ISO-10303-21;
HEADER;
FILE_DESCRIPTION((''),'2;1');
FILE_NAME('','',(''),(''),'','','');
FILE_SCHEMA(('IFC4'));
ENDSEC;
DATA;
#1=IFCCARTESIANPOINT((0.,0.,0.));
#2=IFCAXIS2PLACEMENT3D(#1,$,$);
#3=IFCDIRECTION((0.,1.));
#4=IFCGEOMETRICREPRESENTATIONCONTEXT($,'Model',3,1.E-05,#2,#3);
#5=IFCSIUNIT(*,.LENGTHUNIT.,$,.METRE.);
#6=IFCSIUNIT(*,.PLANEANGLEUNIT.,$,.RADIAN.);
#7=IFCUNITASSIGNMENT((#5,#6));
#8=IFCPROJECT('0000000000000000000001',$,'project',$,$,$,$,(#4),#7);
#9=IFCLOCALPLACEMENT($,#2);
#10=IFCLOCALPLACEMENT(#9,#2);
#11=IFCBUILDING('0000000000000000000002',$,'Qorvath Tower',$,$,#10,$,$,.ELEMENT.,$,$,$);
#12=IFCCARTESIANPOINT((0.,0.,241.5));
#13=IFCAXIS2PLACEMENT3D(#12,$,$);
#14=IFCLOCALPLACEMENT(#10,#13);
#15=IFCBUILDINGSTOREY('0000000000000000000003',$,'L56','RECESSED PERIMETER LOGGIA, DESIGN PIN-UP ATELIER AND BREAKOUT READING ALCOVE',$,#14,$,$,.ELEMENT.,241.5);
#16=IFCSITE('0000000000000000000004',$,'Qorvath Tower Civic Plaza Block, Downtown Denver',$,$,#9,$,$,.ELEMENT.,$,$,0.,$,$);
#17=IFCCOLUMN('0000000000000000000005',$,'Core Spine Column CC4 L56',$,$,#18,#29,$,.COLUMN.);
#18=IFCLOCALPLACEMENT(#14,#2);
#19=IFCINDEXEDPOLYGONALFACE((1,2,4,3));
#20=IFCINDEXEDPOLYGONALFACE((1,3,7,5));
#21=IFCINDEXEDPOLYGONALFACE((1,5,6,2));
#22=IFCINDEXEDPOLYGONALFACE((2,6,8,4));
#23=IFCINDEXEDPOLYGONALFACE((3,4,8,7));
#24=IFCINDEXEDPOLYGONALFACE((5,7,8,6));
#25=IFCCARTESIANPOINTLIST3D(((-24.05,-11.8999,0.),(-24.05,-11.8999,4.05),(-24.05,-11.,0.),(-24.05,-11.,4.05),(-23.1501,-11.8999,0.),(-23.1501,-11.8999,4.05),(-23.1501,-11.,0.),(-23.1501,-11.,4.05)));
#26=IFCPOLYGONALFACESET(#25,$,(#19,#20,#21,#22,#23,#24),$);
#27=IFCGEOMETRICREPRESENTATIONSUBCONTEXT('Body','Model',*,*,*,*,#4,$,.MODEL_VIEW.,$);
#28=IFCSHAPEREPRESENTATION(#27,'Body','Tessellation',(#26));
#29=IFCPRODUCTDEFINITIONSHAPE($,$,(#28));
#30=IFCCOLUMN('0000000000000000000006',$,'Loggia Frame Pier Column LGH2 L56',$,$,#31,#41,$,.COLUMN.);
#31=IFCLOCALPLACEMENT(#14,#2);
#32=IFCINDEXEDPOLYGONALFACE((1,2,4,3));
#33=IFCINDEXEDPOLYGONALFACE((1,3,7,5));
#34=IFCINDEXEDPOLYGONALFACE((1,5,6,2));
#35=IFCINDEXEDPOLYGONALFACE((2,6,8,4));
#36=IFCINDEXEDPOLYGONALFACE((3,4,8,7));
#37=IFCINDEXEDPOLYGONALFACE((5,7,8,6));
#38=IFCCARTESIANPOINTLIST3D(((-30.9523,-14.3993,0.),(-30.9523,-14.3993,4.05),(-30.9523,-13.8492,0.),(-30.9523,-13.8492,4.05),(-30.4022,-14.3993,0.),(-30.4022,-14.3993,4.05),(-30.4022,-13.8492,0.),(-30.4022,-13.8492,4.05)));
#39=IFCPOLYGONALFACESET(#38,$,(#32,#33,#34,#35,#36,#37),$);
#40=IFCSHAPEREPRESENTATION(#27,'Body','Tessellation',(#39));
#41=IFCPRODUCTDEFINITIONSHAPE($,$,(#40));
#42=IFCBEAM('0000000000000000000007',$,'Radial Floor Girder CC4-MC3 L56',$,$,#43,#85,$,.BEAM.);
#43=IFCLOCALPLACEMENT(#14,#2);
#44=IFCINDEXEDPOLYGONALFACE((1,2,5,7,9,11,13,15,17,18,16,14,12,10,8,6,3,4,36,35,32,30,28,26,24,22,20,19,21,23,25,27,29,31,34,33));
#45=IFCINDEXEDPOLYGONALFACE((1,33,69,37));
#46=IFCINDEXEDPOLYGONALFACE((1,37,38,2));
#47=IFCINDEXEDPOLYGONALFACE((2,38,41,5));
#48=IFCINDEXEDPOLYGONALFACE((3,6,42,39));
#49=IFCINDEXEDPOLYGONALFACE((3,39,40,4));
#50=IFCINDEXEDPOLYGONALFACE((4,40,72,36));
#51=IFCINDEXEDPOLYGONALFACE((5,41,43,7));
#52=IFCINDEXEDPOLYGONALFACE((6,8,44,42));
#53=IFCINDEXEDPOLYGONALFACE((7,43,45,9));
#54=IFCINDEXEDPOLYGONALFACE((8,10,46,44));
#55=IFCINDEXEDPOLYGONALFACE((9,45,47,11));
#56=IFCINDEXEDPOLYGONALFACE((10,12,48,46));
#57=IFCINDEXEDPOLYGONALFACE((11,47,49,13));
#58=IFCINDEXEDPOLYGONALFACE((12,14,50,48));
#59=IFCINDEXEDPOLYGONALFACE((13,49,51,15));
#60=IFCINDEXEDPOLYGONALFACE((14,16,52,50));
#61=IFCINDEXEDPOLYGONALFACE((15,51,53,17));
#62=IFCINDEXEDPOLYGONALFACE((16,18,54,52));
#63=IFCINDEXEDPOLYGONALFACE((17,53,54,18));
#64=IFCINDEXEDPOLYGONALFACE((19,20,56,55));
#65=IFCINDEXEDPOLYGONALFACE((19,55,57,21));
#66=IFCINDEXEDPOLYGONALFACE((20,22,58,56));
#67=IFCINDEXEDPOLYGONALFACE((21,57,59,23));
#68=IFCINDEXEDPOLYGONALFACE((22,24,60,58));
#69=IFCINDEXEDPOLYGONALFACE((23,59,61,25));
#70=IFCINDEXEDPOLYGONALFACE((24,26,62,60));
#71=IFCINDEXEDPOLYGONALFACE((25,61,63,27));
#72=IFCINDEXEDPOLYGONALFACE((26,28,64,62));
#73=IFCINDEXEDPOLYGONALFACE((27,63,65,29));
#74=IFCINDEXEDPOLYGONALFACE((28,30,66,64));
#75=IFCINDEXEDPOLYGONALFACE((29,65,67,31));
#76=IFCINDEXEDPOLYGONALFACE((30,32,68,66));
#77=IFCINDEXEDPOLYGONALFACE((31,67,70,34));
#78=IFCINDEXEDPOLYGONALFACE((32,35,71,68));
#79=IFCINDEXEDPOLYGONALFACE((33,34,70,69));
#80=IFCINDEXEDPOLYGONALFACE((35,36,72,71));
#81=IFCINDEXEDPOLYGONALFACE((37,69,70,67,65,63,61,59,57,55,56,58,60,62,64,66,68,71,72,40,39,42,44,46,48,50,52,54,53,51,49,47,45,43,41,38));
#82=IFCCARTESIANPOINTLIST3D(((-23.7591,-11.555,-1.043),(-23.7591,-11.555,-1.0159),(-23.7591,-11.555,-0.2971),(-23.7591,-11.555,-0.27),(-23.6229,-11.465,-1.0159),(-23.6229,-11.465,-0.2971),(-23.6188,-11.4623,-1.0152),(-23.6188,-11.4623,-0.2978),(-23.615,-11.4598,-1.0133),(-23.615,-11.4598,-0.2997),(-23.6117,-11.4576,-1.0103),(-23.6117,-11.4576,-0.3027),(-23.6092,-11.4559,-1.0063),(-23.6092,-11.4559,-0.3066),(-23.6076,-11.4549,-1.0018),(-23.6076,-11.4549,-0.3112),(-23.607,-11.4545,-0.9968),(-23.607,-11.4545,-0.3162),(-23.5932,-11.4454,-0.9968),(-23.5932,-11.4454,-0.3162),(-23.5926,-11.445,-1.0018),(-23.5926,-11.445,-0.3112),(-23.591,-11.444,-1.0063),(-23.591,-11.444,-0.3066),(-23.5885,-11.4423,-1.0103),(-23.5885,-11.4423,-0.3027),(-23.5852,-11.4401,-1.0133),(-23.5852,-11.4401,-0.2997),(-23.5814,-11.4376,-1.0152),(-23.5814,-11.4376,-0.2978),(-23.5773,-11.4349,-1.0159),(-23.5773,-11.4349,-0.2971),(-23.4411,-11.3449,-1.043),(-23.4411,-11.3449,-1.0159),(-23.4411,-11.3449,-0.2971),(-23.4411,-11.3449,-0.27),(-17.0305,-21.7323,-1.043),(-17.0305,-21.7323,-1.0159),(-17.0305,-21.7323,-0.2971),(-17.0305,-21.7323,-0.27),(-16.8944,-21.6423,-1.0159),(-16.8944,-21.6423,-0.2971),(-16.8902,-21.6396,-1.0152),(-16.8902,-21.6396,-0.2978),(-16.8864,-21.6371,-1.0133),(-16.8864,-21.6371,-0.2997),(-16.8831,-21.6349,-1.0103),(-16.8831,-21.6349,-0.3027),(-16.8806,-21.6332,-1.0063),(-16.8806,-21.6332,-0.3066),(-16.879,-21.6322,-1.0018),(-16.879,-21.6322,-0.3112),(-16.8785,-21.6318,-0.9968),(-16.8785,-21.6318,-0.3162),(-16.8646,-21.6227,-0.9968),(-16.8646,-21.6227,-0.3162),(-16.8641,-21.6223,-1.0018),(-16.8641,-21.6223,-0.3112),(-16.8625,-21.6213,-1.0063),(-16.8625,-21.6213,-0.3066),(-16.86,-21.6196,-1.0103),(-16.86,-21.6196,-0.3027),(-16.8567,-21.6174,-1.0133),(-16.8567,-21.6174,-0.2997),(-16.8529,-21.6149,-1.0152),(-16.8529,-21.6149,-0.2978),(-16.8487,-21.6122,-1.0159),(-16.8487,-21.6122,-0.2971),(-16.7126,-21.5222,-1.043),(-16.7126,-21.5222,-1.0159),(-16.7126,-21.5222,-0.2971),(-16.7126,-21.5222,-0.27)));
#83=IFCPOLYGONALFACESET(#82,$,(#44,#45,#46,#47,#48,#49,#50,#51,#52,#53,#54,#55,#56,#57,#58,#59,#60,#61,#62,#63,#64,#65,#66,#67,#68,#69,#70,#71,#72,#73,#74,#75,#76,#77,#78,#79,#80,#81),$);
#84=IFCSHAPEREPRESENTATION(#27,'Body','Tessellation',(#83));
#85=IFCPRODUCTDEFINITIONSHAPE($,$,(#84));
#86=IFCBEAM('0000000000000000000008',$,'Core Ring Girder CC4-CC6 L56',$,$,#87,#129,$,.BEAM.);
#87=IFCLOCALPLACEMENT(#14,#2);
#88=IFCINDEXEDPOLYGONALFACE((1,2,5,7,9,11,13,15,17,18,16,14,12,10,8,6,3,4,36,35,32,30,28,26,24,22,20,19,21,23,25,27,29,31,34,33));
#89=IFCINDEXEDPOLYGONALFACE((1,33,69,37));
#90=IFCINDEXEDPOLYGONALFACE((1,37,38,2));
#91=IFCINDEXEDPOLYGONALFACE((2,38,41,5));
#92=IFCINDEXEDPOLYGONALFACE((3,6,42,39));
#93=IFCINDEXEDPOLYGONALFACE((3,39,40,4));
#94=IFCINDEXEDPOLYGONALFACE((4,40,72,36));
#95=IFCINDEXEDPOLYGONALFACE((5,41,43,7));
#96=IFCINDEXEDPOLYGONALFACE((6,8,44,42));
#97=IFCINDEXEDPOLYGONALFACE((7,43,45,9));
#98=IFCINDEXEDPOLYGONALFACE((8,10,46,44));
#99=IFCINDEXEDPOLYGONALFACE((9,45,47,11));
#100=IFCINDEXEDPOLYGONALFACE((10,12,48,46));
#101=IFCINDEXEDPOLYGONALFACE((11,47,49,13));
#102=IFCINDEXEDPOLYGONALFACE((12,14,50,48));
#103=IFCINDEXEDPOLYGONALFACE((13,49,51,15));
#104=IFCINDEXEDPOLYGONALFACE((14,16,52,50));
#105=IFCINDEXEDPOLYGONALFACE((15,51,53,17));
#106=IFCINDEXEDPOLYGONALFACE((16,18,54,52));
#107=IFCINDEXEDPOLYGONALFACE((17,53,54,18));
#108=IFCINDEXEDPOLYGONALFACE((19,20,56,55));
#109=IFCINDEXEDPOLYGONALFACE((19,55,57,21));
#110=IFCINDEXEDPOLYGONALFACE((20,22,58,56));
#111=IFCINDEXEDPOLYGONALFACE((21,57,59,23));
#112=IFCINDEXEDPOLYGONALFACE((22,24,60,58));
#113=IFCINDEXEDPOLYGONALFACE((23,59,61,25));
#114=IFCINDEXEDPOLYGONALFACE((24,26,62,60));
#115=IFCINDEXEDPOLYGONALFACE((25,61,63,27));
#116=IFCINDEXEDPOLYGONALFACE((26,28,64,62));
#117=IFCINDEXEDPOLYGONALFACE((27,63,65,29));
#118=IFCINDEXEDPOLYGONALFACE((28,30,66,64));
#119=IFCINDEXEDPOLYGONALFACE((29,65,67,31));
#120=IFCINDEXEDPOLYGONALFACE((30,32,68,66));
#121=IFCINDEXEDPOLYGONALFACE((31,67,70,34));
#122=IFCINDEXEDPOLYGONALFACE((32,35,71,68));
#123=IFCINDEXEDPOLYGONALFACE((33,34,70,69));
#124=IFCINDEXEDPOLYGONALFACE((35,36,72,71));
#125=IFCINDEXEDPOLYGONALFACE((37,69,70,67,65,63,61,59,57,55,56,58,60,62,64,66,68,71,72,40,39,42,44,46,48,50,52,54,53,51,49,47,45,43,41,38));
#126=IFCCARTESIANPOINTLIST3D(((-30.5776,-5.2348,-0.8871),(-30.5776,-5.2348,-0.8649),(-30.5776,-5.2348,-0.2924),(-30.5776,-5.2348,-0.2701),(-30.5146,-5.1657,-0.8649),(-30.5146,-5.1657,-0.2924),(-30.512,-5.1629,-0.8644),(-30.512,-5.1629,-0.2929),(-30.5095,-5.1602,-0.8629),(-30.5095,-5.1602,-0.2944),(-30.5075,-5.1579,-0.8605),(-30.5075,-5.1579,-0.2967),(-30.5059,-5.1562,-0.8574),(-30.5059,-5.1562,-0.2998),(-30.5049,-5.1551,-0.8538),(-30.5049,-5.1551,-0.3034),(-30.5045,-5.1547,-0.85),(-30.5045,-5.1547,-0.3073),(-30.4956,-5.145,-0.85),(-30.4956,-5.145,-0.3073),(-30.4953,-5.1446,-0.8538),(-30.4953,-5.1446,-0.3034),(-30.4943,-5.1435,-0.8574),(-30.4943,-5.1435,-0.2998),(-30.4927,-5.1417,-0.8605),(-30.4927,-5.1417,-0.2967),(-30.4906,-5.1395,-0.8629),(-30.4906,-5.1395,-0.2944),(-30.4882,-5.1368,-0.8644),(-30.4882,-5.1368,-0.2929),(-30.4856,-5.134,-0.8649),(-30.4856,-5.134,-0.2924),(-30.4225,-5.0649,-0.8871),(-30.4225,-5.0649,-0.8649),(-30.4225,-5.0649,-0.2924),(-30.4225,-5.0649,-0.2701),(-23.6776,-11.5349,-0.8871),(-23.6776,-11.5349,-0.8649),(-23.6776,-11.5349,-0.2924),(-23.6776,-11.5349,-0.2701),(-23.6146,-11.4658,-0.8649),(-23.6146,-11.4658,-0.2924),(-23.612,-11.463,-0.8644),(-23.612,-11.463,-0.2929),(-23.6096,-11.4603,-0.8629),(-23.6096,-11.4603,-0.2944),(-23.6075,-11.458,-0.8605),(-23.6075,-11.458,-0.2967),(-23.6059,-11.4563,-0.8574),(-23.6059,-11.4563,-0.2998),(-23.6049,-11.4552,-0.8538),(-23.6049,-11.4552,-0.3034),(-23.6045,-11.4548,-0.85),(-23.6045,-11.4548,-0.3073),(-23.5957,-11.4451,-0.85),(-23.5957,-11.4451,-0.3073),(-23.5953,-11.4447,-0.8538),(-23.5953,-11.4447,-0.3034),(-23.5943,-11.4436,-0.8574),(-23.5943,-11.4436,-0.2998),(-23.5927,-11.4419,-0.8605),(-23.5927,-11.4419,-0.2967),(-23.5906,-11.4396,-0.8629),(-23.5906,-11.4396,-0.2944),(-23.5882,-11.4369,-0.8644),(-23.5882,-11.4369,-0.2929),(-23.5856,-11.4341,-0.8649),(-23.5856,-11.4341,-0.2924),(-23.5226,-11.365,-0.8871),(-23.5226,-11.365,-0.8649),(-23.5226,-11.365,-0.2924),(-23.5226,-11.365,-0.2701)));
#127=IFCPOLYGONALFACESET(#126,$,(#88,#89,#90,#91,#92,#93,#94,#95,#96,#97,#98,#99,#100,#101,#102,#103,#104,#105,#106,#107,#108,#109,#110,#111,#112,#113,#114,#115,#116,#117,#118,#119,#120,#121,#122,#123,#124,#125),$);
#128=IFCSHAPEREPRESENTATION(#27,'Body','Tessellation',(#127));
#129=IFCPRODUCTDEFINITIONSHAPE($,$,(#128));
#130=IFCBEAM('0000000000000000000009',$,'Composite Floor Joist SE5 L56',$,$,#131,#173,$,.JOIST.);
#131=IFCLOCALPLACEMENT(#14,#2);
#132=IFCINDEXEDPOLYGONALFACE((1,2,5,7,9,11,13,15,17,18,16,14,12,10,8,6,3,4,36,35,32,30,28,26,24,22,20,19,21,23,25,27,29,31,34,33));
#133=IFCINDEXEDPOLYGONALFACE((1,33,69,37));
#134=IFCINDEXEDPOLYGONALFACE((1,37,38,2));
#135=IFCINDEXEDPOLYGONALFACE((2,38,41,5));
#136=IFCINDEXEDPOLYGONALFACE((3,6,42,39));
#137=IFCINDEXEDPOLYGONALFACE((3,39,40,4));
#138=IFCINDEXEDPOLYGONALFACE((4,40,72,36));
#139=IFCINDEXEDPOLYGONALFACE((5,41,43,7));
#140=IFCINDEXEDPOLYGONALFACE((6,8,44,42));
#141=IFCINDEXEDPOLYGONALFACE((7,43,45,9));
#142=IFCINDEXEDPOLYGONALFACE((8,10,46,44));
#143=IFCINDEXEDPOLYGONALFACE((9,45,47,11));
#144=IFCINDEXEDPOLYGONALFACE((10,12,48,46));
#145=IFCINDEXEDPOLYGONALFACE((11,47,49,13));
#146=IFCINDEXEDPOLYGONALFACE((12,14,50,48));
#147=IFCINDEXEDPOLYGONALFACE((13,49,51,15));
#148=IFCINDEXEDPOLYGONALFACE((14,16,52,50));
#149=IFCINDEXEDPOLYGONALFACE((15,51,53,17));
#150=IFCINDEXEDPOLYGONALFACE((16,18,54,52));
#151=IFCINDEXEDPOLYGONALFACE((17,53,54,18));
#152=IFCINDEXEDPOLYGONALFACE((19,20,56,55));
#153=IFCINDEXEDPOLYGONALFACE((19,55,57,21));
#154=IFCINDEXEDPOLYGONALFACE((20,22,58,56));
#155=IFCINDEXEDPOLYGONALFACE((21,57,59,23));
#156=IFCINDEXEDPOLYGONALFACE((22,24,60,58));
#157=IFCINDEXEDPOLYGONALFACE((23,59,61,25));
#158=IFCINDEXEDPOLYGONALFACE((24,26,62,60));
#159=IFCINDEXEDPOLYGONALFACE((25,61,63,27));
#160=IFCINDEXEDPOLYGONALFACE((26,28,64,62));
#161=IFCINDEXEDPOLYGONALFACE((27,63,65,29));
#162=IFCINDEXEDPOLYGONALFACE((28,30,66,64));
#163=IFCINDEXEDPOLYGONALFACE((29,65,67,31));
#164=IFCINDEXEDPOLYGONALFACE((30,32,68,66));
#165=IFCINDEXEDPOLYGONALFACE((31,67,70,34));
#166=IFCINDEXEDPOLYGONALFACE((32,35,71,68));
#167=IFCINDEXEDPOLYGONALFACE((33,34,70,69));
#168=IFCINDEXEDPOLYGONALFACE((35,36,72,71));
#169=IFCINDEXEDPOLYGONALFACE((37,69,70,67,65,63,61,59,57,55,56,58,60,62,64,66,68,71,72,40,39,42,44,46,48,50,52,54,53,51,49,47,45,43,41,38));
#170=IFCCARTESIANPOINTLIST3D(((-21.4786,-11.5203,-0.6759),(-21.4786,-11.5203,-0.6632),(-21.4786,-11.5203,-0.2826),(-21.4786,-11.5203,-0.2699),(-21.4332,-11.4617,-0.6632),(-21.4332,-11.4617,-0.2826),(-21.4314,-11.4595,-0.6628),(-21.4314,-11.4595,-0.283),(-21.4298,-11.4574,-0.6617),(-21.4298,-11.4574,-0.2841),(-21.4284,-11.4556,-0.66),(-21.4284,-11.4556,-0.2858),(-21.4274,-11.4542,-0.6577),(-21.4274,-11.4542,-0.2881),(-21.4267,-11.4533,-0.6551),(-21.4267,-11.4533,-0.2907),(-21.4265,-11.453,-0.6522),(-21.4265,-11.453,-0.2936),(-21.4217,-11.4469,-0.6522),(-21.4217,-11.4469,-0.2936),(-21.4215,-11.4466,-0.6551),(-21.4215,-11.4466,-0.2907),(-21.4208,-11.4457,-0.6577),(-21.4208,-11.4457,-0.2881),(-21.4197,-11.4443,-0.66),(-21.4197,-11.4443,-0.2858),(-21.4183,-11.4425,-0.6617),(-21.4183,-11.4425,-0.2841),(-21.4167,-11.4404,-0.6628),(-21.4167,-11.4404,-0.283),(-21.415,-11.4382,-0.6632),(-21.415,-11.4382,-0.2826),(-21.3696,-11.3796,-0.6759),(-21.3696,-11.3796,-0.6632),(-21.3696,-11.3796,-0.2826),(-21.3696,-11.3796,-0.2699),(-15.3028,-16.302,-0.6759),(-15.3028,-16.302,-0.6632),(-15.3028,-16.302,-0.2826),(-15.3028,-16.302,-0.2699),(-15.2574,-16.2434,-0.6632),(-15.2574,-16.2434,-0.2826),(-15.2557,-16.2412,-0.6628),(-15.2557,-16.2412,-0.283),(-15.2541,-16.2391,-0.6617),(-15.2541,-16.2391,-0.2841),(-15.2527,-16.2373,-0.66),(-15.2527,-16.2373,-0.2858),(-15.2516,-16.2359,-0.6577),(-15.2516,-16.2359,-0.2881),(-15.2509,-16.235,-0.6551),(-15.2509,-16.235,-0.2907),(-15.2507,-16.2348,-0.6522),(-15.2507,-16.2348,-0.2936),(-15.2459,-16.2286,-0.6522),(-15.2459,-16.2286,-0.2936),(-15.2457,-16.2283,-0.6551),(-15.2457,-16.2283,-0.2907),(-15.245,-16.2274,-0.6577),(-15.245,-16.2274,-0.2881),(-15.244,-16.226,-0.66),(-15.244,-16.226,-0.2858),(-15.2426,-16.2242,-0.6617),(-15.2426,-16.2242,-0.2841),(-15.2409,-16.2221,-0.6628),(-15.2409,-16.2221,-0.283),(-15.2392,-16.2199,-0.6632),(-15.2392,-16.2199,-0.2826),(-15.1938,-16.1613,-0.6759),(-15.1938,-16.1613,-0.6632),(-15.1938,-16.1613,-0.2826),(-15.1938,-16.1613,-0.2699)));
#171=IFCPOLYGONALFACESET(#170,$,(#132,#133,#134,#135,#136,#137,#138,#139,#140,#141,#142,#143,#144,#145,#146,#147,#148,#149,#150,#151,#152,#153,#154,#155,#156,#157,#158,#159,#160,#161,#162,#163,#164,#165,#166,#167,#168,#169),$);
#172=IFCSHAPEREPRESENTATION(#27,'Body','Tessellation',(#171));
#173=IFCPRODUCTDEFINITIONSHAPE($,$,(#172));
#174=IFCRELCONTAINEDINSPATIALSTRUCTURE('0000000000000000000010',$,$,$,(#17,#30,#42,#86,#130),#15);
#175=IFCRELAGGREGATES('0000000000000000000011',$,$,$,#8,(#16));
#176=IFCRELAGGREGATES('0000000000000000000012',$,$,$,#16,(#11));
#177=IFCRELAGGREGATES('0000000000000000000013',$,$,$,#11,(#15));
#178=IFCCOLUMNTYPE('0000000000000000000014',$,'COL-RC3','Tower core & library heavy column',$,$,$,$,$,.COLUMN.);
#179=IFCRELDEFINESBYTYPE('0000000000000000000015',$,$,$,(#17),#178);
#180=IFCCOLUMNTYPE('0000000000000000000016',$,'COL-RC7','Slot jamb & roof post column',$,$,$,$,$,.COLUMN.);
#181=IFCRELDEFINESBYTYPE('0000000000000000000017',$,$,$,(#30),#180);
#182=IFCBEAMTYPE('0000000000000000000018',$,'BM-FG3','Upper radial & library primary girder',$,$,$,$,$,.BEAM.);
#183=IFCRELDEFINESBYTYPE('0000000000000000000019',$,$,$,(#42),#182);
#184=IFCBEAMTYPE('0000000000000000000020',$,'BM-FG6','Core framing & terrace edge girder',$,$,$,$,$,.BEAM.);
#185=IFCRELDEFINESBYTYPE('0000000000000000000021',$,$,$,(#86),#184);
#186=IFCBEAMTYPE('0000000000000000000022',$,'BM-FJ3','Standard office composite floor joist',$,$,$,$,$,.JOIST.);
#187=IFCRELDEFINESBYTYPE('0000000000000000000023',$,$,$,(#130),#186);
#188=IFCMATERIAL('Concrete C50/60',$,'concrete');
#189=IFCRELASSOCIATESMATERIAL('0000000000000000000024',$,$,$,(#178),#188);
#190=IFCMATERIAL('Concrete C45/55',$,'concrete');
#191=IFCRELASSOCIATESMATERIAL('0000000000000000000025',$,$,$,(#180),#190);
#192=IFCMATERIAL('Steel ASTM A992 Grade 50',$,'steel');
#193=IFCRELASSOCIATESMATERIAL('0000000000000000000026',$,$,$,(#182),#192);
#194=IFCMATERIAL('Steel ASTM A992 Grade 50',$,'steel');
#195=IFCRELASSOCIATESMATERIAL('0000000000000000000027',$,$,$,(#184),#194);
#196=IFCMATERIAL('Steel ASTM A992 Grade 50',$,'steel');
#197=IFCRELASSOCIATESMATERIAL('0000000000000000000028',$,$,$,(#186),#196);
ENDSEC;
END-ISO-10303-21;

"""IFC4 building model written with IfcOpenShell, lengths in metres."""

from ifc_helpers import new_model, si_unit, direction, frame, origin, origin_2d, place, context, subcontext, project, spatial, rectangle, i_section, extrude, material, material_profile, profile_set, type_object, element, save


model = new_model("IFC4")

# Units and contexts
model_context = context("Model", 3, precision=1e-05, world=origin(), true_north=direction((0.0, 1.0)))
body_context = subcontext(model_context, "Body", "Model", "MODEL_VIEW")
ifc_project = project(units=[si_unit("LENGTHUNIT", "METRE"), si_unit("PLANEANGLEUNIT", "RADIAN")], contexts=[model_context])

# Site, building, storey
site_placement = place(None, origin())
site = spatial("IfcSite", under=ifc_project, at=site_placement, Name="Qorvath Tower Civic Plaza Block, Downtown Denver", CompositionType="ELEMENT", RefElevation=0.0)
building_placement = place(site_placement, origin())
building = spatial("IfcBuilding", under=site, at=building_placement, Name="Qorvath Tower", CompositionType="ELEMENT")
storey_placement = place(building_placement, frame((0.0, 0.0, 241.5)))
storey = spatial("IfcBuildingStorey", under=building, at=storey_placement, Name="L56", Description="RECESSED PERIMETER LOGGIA, DESIGN PIN-UP ATELIER AND BREAKOUT READING ALCOVE", CompositionType="ELEMENT", Elevation=241.5)

# Columns
ifc_material_1 = material(Name="Concrete C50/60", Category="concrete")
ifc_material_profile_1 = material_profile(ifc_material_1, rectangle(XDim=0.8999, YDim=0.8999, at=origin_2d()), Name="RC 900x900")
ifc_profile_set_1 = profile_set([ifc_material_profile_1], Name="Concrete C50/60")
column_type_1 = type_object("IfcColumnType", Name="COL-RC3", Description="Tower core & library heavy column", PredefinedType="COLUMN", material=ifc_profile_set_1)
column_1_placement = place(storey_placement, frame((-23.6001, -11.45, 0.0), z_axis=(0.0, 0.0, 1.0), x_axis=(1.0, 0.0, 0.0)))
element("IfcColumn", 1, at=column_1_placement, inside=storey, type_object=column_type_1, Name="Core Spine Column CC4 L56", PredefinedType="COLUMN", context=body_context, shape_type="SweptSolid", body=[
    extrude(rectangle(XDim=0.8999, YDim=0.8999, at=origin_2d()), origin(), (0.0, 0.0, 1.0), 4.05),
])
ifc_material_2 = material(Name="Concrete C45/55", Category="concrete")
ifc_material_profile_2 = material_profile(ifc_material_2, rectangle(XDim=0.55, YDim=0.55, at=origin_2d()), Name="RC 550x550")
ifc_profile_set_2 = profile_set([ifc_material_profile_2], Name="Concrete C45/55")
column_type_2 = type_object("IfcColumnType", Name="COL-RC7", Description="Slot jamb & roof post column", PredefinedType="COLUMN", material=ifc_profile_set_2)
column_2_placement = place(storey_placement, frame((-30.6772, -14.1243, 0.0), z_axis=(0.0, 0.0, 1.0), x_axis=(1.0, 0.0, 0.0)))
element("IfcColumn", 2, at=column_2_placement, inside=storey, type_object=column_type_2, Name="Loggia Frame Pier Column LGH2 L56", PredefinedType="COLUMN", context=body_context, shape_type="SweptSolid", body=[
    extrude(rectangle(XDim=0.55, YDim=0.55, at=origin_2d()), origin(), (0.0, 0.0, 1.0), 4.05),
])

# Beams
ifc_material_3 = material(Name="Steel ASTM A992 Grade 50", Category="steel")
ifc_material_profile_3 = material_profile(ifc_material_3, i_section(OverallWidth=0.3811, OverallDepth=0.7729, WebThickness=0.0166, FlangeThickness=0.0271, FilletRadius=0.019, at=origin_2d()), Name="W30x173")
ifc_profile_set_3 = profile_set([ifc_material_profile_3], Name="Steel ASTM A992 Grade 50")
beam_type_1 = type_object("IfcBeamType", Name="BM-FG3", Description="Upper radial & library primary girder", PredefinedType="BEAM", material=ifc_profile_set_3)
beam_1_placement = place(storey_placement, frame((-23.6001, -11.45, -0.6565), z_axis=(0.551501, -0.834175, 0.0), x_axis=(0.834175, 0.551501, 0.0)))
element("IfcBeam", 3, at=beam_1_placement, inside=storey, type_object=beam_type_1, Name="Radial Floor Girder CC4-MC3 L56", PredefinedType="BEAM", context=body_context, shape_type="SweptSolid", body=[
    extrude(i_section(OverallWidth=0.3811, OverallDepth=0.7729, WebThickness=0.0166, FlangeThickness=0.0271, FilletRadius=0.019, at=origin_2d()), origin(), (0.0, 0.0, 1.0), 12.2004),
])
ifc_material_4 = material(Name="Steel ASTM A992 Grade 50", Category="steel")
ifc_material_profile_4 = material_profile(ifc_material_4, i_section(OverallWidth=0.23, OverallDepth=0.6169, WebThickness=0.0132, FlangeThickness=0.0222, FilletRadius=0.0149, at=origin_2d()), Name="W24x94")
ifc_profile_set_4 = profile_set([ifc_material_profile_4], Name="Steel ASTM A992 Grade 50")
beam_type_2 = type_object("IfcBeamType", Name="BM-FG6", Description="Core framing & terrace edge girder", PredefinedType="BEAM", material=ifc_profile_set_4)
beam_2_placement = place(storey_placement, frame((-23.6001, -11.45, -0.5786), z_axis=(-0.738478, 0.674277, 0.0), x_axis=(-0.674277, -0.738478, 0.0)))
element("IfcBeam", 4, at=beam_2_placement, inside=storey, type_object=beam_type_2, Name="Core Ring Girder CC4-CC6 L56", PredefinedType="BEAM", context=body_context, shape_type="SweptSolid", body=[
    extrude(i_section(OverallWidth=0.23, OverallDepth=0.6169, WebThickness=0.0132, FlangeThickness=0.0222, FilletRadius=0.0149, at=origin_2d()), origin(), (0.0, 0.0, 1.0), 9.3435),
])
ifc_material_5 = material(Name="Steel ASTM A992 Grade 50", Category="steel")
ifc_material_profile_5 = material_profile(ifc_material_5, i_section(OverallWidth=0.178, OverallDepth=0.406, WebThickness=0.0078, FlangeThickness=0.0127, FilletRadius=0.011, at=origin_2d()), Name="W16x40")
ifc_profile_set_5 = profile_set([ifc_material_profile_5], Name="Steel ASTM A992 Grade 50")
beam_type_3 = type_object("IfcBeamType", Name="BM-FJ3", Description="Standard office composite floor joist", PredefinedType="JOIST", material=ifc_profile_set_5)
beam_3_placement = place(storey_placement, frame((-21.4241, -11.45, -0.4729), z_axis=(0.790693, -0.612212, 0.0), x_axis=(0.612212, 0.790693, 0.0)))
element("IfcBeam", 5, at=beam_3_placement, inside=storey, type_object=beam_type_3, Name="Composite Floor Joist SE5 L56", PredefinedType="JOIST", context=body_context, shape_type="SweptSolid", body=[
    extrude(i_section(OverallWidth=0.178, OverallDepth=0.406, WebThickness=0.0078, FlangeThickness=0.0127, FilletRadius=0.011, at=origin_2d()), origin(), (0.0, 0.0, 1.0), 7.8105),
])

save(model, "model.ifc")
